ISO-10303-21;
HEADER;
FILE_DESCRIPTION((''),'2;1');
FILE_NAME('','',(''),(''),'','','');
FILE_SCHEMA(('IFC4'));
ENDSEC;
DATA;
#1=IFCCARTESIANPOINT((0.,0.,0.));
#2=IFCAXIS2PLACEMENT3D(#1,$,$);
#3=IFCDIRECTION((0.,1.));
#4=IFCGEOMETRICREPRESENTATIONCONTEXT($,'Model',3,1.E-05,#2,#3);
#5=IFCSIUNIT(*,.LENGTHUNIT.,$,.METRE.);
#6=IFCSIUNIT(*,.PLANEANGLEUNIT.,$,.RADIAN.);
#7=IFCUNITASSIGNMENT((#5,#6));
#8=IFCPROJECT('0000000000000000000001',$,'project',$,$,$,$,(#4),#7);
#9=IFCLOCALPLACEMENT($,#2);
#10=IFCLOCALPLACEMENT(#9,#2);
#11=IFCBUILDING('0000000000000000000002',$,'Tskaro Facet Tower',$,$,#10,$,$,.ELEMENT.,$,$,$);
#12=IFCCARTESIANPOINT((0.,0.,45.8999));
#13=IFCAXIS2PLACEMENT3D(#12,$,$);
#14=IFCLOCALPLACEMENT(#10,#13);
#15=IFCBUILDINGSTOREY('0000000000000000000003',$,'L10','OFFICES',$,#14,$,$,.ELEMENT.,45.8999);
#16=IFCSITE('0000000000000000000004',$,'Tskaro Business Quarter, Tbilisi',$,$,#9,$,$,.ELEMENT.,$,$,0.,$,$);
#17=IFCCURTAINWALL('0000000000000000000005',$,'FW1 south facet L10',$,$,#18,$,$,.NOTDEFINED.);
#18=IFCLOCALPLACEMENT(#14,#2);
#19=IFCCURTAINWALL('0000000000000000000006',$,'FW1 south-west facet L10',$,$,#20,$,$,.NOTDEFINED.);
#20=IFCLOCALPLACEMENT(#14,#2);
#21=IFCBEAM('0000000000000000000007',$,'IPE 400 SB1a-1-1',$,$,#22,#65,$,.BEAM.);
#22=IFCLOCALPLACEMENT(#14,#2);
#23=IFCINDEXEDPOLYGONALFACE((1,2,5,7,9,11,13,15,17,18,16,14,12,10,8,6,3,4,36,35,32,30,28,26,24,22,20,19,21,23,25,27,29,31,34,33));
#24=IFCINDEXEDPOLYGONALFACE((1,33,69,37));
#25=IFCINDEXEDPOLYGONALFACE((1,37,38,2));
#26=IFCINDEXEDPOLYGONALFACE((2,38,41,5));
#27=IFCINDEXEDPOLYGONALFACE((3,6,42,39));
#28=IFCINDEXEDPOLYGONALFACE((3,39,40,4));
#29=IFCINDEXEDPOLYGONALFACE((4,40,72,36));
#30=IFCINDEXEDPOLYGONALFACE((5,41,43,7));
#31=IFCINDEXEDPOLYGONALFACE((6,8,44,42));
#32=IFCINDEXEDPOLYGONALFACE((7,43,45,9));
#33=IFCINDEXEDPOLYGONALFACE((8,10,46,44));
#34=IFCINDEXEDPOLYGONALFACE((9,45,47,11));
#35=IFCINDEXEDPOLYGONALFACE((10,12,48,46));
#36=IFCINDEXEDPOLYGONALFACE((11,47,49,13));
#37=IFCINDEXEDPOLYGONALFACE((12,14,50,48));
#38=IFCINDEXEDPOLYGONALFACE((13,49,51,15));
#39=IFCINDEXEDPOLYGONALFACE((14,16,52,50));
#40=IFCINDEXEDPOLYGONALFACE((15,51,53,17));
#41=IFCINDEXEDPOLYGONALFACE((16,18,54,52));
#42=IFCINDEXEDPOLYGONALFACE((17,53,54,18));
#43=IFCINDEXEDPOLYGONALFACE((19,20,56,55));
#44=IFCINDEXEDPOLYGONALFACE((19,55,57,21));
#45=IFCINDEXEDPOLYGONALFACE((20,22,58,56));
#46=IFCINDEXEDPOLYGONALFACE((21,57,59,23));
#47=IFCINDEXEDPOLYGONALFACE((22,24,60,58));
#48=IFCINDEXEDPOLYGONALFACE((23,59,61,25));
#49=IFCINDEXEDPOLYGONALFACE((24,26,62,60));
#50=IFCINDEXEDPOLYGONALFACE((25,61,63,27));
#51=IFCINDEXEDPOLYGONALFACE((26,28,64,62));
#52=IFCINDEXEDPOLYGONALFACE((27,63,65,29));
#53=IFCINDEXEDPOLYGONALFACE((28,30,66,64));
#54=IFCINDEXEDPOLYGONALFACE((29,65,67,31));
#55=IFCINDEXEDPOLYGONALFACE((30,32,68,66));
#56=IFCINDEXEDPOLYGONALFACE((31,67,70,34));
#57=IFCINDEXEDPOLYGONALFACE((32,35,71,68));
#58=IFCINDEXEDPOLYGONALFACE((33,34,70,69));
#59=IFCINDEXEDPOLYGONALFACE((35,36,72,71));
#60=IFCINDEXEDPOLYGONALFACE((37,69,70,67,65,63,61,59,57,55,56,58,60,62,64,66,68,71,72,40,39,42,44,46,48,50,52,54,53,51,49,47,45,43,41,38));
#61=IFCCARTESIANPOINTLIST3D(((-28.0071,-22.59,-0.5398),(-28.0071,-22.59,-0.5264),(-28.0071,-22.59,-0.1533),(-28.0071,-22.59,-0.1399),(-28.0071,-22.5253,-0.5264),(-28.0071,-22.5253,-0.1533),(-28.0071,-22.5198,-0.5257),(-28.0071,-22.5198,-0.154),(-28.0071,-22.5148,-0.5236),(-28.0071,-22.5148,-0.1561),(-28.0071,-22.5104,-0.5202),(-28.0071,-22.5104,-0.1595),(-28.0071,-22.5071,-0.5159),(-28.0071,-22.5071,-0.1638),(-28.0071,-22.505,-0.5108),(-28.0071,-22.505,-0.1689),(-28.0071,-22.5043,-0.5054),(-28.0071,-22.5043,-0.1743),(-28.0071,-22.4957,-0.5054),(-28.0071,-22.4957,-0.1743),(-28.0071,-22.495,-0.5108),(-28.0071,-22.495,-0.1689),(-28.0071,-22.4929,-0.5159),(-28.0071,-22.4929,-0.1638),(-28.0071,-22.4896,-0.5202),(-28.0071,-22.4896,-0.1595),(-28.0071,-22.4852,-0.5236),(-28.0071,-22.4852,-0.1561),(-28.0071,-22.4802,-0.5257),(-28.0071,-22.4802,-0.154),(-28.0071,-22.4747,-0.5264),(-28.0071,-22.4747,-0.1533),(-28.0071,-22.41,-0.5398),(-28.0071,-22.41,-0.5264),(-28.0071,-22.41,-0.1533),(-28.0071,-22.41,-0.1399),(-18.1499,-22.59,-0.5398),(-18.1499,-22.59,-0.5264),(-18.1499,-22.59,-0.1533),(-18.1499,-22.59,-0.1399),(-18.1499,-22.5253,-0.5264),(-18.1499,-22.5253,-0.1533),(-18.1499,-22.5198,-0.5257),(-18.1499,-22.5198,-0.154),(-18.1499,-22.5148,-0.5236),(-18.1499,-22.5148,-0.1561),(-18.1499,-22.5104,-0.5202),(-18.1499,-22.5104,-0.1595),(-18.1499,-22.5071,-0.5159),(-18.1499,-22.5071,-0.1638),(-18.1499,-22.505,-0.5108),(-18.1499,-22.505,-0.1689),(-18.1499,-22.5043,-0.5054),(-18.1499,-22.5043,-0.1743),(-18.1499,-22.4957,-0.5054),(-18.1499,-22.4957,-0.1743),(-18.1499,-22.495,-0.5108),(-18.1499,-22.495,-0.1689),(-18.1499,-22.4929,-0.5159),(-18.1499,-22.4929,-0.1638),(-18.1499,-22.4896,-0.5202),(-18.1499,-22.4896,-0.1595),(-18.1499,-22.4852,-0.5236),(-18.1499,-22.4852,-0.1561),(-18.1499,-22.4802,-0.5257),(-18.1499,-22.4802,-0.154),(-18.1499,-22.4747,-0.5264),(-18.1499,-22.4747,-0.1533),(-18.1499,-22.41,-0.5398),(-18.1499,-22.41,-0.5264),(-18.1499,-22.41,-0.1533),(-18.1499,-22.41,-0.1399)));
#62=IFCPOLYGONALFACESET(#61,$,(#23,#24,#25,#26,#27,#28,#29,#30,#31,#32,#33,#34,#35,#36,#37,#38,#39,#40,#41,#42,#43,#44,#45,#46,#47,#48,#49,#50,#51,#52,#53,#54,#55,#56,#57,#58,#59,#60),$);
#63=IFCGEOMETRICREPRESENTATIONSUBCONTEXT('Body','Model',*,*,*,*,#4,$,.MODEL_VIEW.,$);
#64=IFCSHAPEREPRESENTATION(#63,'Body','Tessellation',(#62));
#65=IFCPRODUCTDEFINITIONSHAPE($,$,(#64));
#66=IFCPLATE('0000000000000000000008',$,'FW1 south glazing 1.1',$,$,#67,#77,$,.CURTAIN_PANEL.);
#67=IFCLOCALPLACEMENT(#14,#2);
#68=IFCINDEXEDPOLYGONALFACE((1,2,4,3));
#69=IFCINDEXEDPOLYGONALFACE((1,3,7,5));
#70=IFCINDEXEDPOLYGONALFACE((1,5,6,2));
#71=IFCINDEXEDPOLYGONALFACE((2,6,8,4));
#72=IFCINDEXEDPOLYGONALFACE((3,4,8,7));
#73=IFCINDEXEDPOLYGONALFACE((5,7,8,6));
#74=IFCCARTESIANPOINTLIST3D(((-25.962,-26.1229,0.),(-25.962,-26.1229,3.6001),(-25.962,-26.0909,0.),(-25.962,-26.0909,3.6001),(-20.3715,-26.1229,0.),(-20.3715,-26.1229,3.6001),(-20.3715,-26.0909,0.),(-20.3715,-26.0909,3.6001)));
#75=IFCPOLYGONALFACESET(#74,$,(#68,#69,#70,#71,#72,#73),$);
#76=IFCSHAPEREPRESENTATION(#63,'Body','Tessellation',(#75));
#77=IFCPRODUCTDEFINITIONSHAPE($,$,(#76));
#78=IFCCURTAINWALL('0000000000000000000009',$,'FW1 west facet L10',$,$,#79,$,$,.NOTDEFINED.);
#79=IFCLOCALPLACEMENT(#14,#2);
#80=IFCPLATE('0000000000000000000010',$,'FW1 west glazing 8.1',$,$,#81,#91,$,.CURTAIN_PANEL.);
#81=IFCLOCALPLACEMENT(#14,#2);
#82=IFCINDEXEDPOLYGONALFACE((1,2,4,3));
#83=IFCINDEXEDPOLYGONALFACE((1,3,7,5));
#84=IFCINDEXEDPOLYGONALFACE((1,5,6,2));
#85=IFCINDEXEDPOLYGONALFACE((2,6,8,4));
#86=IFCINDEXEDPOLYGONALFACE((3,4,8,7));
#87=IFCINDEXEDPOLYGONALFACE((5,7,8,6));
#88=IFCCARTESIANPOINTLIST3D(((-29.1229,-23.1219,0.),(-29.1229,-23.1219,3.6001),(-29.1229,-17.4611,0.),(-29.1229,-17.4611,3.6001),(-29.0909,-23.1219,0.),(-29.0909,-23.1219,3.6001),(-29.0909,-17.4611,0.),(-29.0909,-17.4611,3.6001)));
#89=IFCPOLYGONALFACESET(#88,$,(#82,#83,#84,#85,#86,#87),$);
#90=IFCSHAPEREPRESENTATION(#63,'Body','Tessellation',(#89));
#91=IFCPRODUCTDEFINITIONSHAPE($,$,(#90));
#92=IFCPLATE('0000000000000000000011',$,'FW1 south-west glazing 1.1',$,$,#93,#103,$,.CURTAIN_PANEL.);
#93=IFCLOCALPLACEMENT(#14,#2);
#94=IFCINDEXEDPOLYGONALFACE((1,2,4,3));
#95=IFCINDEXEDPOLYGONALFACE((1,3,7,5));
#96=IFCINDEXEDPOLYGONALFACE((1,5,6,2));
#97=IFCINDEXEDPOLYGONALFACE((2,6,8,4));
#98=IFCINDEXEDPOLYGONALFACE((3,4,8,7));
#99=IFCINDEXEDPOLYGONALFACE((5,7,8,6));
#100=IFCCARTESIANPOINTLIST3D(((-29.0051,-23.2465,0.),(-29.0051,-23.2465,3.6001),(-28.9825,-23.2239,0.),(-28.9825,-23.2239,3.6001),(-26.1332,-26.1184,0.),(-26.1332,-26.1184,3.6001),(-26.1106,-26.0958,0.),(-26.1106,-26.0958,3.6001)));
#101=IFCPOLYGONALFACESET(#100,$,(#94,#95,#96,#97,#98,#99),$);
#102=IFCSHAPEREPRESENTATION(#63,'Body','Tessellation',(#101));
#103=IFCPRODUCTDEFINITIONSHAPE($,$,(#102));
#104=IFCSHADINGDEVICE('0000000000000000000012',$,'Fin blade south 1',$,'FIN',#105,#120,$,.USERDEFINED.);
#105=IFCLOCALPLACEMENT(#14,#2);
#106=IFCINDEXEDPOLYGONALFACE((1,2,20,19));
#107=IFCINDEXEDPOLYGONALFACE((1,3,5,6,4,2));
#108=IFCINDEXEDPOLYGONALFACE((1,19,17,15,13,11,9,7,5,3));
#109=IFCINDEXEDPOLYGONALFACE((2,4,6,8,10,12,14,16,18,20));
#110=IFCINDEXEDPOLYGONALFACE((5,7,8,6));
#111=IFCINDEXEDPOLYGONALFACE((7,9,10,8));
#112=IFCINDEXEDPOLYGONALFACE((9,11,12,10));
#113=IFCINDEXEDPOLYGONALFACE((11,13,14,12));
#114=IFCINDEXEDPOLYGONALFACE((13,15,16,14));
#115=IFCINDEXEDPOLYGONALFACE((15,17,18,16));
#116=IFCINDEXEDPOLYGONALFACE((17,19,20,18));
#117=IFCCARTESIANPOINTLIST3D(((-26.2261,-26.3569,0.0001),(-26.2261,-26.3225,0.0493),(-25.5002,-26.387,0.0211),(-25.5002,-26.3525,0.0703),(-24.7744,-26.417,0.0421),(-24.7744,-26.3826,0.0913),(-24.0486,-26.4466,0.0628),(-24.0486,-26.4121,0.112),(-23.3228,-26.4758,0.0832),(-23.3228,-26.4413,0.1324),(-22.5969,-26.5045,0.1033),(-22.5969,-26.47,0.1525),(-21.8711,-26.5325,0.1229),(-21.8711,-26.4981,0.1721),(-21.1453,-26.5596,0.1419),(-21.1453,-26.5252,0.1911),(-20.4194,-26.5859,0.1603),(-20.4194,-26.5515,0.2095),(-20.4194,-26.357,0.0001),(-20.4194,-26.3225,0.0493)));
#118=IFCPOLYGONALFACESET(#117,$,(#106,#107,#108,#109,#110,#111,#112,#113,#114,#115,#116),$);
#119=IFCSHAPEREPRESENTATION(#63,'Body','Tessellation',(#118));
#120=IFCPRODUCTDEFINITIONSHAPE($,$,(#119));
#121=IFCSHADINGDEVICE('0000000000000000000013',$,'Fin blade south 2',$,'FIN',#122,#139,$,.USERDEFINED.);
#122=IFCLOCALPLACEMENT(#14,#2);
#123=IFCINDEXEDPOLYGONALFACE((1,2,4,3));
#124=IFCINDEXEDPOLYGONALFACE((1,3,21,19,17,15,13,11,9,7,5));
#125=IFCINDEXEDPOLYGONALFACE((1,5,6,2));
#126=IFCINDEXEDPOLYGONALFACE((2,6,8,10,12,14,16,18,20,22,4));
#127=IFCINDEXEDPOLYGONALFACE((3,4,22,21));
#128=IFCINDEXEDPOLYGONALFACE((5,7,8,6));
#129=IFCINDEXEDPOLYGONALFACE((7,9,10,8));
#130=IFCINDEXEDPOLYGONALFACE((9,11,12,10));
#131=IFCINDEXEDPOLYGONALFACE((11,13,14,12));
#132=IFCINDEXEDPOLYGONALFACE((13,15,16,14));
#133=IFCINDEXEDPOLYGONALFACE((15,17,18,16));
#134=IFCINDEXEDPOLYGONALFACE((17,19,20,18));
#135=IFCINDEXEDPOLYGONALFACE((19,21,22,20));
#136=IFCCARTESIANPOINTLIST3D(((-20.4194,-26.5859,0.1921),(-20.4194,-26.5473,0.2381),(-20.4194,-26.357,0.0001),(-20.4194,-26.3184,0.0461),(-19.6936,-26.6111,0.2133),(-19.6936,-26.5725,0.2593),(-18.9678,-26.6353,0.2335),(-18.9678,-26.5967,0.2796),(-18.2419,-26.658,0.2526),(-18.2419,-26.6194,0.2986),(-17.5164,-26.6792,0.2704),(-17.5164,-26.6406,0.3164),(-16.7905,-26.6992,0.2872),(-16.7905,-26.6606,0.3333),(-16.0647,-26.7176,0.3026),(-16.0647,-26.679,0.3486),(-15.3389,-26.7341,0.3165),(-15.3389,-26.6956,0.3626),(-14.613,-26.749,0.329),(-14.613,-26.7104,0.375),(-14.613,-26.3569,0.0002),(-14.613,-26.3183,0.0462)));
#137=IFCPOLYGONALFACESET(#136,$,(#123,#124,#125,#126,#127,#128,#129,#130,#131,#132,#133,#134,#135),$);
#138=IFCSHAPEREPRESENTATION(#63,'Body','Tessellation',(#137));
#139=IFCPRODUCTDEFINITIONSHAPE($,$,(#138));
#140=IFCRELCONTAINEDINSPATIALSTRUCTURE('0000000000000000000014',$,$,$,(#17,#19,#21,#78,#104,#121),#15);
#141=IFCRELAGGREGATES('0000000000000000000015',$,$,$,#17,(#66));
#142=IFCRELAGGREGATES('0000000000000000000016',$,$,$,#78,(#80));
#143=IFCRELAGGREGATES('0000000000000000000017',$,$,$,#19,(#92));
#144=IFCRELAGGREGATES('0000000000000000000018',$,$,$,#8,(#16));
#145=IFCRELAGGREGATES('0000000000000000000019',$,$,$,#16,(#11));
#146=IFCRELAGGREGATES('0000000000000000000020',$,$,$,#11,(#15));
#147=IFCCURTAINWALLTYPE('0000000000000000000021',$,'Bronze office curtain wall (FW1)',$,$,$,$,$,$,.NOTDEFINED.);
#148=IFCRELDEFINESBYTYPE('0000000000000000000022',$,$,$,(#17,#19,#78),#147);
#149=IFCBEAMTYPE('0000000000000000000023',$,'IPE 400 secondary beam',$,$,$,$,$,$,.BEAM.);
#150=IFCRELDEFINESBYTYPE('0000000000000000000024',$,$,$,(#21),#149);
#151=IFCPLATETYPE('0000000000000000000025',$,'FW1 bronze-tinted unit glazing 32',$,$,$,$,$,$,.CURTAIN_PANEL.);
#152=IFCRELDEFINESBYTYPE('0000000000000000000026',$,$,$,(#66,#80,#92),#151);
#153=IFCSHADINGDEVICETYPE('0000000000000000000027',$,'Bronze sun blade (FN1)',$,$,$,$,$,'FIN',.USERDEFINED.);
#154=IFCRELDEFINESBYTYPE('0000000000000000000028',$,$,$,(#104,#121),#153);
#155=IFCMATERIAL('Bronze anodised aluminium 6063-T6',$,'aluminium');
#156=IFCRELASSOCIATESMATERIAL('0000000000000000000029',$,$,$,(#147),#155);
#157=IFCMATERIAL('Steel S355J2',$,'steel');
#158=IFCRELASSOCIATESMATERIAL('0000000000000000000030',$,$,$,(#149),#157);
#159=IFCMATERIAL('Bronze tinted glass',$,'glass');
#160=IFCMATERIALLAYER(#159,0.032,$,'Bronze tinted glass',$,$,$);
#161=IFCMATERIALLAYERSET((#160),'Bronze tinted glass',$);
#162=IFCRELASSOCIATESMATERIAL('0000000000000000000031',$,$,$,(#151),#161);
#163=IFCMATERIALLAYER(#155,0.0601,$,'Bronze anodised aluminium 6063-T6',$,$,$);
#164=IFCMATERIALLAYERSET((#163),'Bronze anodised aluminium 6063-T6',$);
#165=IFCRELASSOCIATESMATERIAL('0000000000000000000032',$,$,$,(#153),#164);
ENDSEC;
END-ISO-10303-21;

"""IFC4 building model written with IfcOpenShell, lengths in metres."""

from ifc_helpers import new_model, si_unit, direction, frame, origin, origin_2d, place, context, subcontext, project, spatial, polyline, rectangle, i_section, outline, extrude, material, layer, layer_set, material_profile, profile_set, type_object, element, aggregate, save


model = new_model("IFC4")

# Units and contexts
model_context = context("Model", 3, precision=1e-05, world=origin(), true_north=direction((0.0, 1.0)))
body_context = subcontext(model_context, "Body", "Model", "MODEL_VIEW")
ifc_project = project(units=[si_unit("LENGTHUNIT", "METRE"), si_unit("PLANEANGLEUNIT", "RADIAN")], contexts=[model_context])

# Site, building, storey
site_placement = place(None, origin())
site = spatial("IfcSite", under=ifc_project, at=site_placement, Name="Tskaro Business Quarter, Tbilisi", CompositionType="ELEMENT", RefElevation=0.0)
building_placement = place(site_placement, origin())
building = spatial("IfcBuilding", under=site, at=building_placement, Name="Tskaro Facet Tower", CompositionType="ELEMENT")
storey_placement = place(building_placement, frame((0.0, 0.0, 45.8999)))
storey = spatial("IfcBuildingStorey", under=building, at=storey_placement, Name="L10", Description="OFFICES", CompositionType="ELEMENT", Elevation=45.8999)

# Curtain walls
ifc_material_1 = material(Name="Bronze anodised aluminium 6063-T6", Category="aluminium")
curtain_wall_type = type_object("IfcCurtainWallType", Name="Bronze office curtain wall (FW1)", PredefinedType="NOTDEFINED", material=ifc_material_1)
curtain_wall_1_placement = place(storey_placement, origin())
curtain_wall_1 = element("IfcCurtainWall", 1, at=curtain_wall_1_placement, inside=storey, type_object=curtain_wall_type, Name="FW1 south facet L10", PredefinedType="NOTDEFINED")
curtain_wall_2_placement = place(storey_placement, origin())
curtain_wall_2 = element("IfcCurtainWall", 2, at=curtain_wall_2_placement, inside=storey, type_object=curtain_wall_type, Name="FW1 south-west facet L10", PredefinedType="NOTDEFINED")

# Beam
ifc_material_2 = material(Name="Steel S355J2", Category="steel")
ifc_material_profile_1 = material_profile(ifc_material_2, i_section(OverallWidth=0.1799, OverallDepth=0.3999, WebThickness=0.0085, FlangeThickness=0.0134, FilletRadius=0.021, at=origin_2d()), Name="IPE 400")
ifc_profile_set_1 = profile_set([ifc_material_profile_1], Name="Steel S355J2")
beam_type_1 = type_object("IfcBeamType", Name="IPE 400 secondary beam", PredefinedType="BEAM", material=ifc_profile_set_1)
beam_1_placement = place(storey_placement, frame((-28.0071, -22.5, -0.3398), z_axis=(1.0, 0.0, 0.0), x_axis=(0.0, 1.0, 0.0)))
element("IfcBeam", 3, at=beam_1_placement, inside=storey, type_object=beam_type_1, Name="IPE 400 SB1a-1-1", PredefinedType="BEAM", context=body_context, shape_type="SweptSolid", body=[
    extrude(i_section(OverallWidth=0.1799, OverallDepth=0.3999, WebThickness=0.0085, FlangeThickness=0.0134, FilletRadius=0.021, at=origin_2d()), origin(), (0.0, 0.0, 1.0), 9.8572),
])

# Plate
ifc_material_3 = material(Name="Bronze tinted glass", Category="glass")
ifc_layer_1 = layer(ifc_material_3, 0.032, Name="Bronze tinted glass")
ifc_layer_set_1 = layer_set([ifc_layer_1], Name="Bronze tinted glass")
plate_type = type_object("IfcPlateType", Name="FW1 bronze-tinted unit glazing 32", PredefinedType="CURTAIN_PANEL", material=ifc_layer_set_1)
plate_1_placement = place(storey_placement, frame((-23.1667, -26.1069, 0.0), z_axis=(0.0, 0.0, 1.0), x_axis=(1.0, 0.0, 0.0)))
plate_1 = element("IfcPlate", 4, at=plate_1_placement, type_object=plate_type, Name="FW1 south glazing 1.1", PredefinedType="CURTAIN_PANEL", context=body_context, shape_type="SweptSolid", body=[
    extrude(rectangle(XDim=5.5906, YDim=0.032, at=origin_2d()), origin(), (0.0, 0.0, 1.0), 3.6001),
])
aggregate(curtain_wall_1, [plate_1])

# Curtain wall, plate
curtain_wall_3_placement = place(storey_placement, origin())
curtain_wall_3 = element("IfcCurtainWall", 5, at=curtain_wall_3_placement, inside=storey, type_object=curtain_wall_type, Name="FW1 west facet L10", PredefinedType="NOTDEFINED")
plate_2_placement = place(storey_placement, frame((-29.1069, -20.2915, 0.0), z_axis=(0.0, 0.0, 1.0), x_axis=(0.0, -1.0, 0.0)))
plate_2 = element("IfcPlate", 6, at=plate_2_placement, type_object=plate_type, Name="FW1 west glazing 8.1", PredefinedType="CURTAIN_PANEL", context=body_context, shape_type="SweptSolid", body=[
    extrude(rectangle(XDim=5.6609, YDim=0.032, at=origin_2d()), origin(), (0.0, 0.0, 1.0), 3.6001),
])
aggregate(curtain_wall_3, [plate_2])

# Plate
plate_3_placement = place(storey_placement, frame((-27.5579, -24.6711, 0.0), z_axis=(0.0, 0.0, 1.0), x_axis=(0.707107, -0.707107, 0.0)))
plate_3 = element("IfcPlate", 7, at=plate_3_placement, type_object=plate_type, Name="FW1 south-west glazing 1.1", PredefinedType="CURTAIN_PANEL", context=body_context, shape_type="SweptSolid", body=[
    extrude(rectangle(XDim=4.0615, YDim=0.032, at=origin_2d()), origin(), (0.0, 0.0, 1.0), 3.6001),
])
aggregate(curtain_wall_2, [plate_3])

# Shading devices
ifc_layer_2 = layer(ifc_material_1, 0.0601, Name="Bronze anodised aluminium 6063-T6")
ifc_layer_set_2 = layer_set([ifc_layer_2], Name="Bronze anodised aluminium 6063-T6")
shading_device_type = type_object("IfcShadingDeviceType", Name="Bronze sun blade (FN1)", ElementType="FIN", PredefinedType="USERDEFINED", material=ifc_layer_set_2)
shading_device_1_placement = place(storey_placement, frame((-26.2261, -26.3225, 0.0493), z_axis=(0.000008, 0.573248, 0.819382), x_axis=(1.0, -0.000004, -0.000006)))
element("IfcShadingDevice", 8, at=shading_device_1_placement, inside=storey, type_object=shading_device_type, Name="Fin blade south 1", ObjectType="FIN", PredefinedType="USERDEFINED", context=body_context, shape_type="SweptSolid", body=[
    extrude(outline(polyline([(0.0, 0.0), (5.8066, 0.0), (5.8066, -0.2795), (5.0808, -0.2473), (4.355, -0.2142), (3.6292, -0.18), (2.9033, -0.145), (2.1775, -0.1094), (1.4517, -0.0733), (0.7258, -0.0366), (0.0, 0.0)])), origin(), (0.0, 0.0, -1.0), 0.0601),
])
shading_device_2_placement = place(storey_placement, frame((-20.4194, -26.3184, 0.0461), z_axis=(-0.00001, 0.642602, 0.7662), x_axis=(1.0, 0.000006, 0.000008)))
element("IfcShadingDevice", 9, at=shading_device_2_placement, inside=storey, type_object=shading_device_type, Name="Fin blade south 2", ObjectType="FIN", PredefinedType="USERDEFINED", context=body_context, shape_type="SweptSolid", body=[
    extrude(outline(polyline([(0.0, 0.0), (5.8064, 0.0), (5.8064, -0.5117), (5.0806, -0.4923), (4.3547, -0.4707), (3.6289, -0.4468), (2.9031, -0.4206), (2.1775, -0.3929), (1.4517, -0.3632), (0.7258, -0.3317), (0.0, -0.2988), (0.0, 0.0)])), origin(), (0.0, 0.0, -1.0), 0.0601),
])

save(model, "model.ifc")
